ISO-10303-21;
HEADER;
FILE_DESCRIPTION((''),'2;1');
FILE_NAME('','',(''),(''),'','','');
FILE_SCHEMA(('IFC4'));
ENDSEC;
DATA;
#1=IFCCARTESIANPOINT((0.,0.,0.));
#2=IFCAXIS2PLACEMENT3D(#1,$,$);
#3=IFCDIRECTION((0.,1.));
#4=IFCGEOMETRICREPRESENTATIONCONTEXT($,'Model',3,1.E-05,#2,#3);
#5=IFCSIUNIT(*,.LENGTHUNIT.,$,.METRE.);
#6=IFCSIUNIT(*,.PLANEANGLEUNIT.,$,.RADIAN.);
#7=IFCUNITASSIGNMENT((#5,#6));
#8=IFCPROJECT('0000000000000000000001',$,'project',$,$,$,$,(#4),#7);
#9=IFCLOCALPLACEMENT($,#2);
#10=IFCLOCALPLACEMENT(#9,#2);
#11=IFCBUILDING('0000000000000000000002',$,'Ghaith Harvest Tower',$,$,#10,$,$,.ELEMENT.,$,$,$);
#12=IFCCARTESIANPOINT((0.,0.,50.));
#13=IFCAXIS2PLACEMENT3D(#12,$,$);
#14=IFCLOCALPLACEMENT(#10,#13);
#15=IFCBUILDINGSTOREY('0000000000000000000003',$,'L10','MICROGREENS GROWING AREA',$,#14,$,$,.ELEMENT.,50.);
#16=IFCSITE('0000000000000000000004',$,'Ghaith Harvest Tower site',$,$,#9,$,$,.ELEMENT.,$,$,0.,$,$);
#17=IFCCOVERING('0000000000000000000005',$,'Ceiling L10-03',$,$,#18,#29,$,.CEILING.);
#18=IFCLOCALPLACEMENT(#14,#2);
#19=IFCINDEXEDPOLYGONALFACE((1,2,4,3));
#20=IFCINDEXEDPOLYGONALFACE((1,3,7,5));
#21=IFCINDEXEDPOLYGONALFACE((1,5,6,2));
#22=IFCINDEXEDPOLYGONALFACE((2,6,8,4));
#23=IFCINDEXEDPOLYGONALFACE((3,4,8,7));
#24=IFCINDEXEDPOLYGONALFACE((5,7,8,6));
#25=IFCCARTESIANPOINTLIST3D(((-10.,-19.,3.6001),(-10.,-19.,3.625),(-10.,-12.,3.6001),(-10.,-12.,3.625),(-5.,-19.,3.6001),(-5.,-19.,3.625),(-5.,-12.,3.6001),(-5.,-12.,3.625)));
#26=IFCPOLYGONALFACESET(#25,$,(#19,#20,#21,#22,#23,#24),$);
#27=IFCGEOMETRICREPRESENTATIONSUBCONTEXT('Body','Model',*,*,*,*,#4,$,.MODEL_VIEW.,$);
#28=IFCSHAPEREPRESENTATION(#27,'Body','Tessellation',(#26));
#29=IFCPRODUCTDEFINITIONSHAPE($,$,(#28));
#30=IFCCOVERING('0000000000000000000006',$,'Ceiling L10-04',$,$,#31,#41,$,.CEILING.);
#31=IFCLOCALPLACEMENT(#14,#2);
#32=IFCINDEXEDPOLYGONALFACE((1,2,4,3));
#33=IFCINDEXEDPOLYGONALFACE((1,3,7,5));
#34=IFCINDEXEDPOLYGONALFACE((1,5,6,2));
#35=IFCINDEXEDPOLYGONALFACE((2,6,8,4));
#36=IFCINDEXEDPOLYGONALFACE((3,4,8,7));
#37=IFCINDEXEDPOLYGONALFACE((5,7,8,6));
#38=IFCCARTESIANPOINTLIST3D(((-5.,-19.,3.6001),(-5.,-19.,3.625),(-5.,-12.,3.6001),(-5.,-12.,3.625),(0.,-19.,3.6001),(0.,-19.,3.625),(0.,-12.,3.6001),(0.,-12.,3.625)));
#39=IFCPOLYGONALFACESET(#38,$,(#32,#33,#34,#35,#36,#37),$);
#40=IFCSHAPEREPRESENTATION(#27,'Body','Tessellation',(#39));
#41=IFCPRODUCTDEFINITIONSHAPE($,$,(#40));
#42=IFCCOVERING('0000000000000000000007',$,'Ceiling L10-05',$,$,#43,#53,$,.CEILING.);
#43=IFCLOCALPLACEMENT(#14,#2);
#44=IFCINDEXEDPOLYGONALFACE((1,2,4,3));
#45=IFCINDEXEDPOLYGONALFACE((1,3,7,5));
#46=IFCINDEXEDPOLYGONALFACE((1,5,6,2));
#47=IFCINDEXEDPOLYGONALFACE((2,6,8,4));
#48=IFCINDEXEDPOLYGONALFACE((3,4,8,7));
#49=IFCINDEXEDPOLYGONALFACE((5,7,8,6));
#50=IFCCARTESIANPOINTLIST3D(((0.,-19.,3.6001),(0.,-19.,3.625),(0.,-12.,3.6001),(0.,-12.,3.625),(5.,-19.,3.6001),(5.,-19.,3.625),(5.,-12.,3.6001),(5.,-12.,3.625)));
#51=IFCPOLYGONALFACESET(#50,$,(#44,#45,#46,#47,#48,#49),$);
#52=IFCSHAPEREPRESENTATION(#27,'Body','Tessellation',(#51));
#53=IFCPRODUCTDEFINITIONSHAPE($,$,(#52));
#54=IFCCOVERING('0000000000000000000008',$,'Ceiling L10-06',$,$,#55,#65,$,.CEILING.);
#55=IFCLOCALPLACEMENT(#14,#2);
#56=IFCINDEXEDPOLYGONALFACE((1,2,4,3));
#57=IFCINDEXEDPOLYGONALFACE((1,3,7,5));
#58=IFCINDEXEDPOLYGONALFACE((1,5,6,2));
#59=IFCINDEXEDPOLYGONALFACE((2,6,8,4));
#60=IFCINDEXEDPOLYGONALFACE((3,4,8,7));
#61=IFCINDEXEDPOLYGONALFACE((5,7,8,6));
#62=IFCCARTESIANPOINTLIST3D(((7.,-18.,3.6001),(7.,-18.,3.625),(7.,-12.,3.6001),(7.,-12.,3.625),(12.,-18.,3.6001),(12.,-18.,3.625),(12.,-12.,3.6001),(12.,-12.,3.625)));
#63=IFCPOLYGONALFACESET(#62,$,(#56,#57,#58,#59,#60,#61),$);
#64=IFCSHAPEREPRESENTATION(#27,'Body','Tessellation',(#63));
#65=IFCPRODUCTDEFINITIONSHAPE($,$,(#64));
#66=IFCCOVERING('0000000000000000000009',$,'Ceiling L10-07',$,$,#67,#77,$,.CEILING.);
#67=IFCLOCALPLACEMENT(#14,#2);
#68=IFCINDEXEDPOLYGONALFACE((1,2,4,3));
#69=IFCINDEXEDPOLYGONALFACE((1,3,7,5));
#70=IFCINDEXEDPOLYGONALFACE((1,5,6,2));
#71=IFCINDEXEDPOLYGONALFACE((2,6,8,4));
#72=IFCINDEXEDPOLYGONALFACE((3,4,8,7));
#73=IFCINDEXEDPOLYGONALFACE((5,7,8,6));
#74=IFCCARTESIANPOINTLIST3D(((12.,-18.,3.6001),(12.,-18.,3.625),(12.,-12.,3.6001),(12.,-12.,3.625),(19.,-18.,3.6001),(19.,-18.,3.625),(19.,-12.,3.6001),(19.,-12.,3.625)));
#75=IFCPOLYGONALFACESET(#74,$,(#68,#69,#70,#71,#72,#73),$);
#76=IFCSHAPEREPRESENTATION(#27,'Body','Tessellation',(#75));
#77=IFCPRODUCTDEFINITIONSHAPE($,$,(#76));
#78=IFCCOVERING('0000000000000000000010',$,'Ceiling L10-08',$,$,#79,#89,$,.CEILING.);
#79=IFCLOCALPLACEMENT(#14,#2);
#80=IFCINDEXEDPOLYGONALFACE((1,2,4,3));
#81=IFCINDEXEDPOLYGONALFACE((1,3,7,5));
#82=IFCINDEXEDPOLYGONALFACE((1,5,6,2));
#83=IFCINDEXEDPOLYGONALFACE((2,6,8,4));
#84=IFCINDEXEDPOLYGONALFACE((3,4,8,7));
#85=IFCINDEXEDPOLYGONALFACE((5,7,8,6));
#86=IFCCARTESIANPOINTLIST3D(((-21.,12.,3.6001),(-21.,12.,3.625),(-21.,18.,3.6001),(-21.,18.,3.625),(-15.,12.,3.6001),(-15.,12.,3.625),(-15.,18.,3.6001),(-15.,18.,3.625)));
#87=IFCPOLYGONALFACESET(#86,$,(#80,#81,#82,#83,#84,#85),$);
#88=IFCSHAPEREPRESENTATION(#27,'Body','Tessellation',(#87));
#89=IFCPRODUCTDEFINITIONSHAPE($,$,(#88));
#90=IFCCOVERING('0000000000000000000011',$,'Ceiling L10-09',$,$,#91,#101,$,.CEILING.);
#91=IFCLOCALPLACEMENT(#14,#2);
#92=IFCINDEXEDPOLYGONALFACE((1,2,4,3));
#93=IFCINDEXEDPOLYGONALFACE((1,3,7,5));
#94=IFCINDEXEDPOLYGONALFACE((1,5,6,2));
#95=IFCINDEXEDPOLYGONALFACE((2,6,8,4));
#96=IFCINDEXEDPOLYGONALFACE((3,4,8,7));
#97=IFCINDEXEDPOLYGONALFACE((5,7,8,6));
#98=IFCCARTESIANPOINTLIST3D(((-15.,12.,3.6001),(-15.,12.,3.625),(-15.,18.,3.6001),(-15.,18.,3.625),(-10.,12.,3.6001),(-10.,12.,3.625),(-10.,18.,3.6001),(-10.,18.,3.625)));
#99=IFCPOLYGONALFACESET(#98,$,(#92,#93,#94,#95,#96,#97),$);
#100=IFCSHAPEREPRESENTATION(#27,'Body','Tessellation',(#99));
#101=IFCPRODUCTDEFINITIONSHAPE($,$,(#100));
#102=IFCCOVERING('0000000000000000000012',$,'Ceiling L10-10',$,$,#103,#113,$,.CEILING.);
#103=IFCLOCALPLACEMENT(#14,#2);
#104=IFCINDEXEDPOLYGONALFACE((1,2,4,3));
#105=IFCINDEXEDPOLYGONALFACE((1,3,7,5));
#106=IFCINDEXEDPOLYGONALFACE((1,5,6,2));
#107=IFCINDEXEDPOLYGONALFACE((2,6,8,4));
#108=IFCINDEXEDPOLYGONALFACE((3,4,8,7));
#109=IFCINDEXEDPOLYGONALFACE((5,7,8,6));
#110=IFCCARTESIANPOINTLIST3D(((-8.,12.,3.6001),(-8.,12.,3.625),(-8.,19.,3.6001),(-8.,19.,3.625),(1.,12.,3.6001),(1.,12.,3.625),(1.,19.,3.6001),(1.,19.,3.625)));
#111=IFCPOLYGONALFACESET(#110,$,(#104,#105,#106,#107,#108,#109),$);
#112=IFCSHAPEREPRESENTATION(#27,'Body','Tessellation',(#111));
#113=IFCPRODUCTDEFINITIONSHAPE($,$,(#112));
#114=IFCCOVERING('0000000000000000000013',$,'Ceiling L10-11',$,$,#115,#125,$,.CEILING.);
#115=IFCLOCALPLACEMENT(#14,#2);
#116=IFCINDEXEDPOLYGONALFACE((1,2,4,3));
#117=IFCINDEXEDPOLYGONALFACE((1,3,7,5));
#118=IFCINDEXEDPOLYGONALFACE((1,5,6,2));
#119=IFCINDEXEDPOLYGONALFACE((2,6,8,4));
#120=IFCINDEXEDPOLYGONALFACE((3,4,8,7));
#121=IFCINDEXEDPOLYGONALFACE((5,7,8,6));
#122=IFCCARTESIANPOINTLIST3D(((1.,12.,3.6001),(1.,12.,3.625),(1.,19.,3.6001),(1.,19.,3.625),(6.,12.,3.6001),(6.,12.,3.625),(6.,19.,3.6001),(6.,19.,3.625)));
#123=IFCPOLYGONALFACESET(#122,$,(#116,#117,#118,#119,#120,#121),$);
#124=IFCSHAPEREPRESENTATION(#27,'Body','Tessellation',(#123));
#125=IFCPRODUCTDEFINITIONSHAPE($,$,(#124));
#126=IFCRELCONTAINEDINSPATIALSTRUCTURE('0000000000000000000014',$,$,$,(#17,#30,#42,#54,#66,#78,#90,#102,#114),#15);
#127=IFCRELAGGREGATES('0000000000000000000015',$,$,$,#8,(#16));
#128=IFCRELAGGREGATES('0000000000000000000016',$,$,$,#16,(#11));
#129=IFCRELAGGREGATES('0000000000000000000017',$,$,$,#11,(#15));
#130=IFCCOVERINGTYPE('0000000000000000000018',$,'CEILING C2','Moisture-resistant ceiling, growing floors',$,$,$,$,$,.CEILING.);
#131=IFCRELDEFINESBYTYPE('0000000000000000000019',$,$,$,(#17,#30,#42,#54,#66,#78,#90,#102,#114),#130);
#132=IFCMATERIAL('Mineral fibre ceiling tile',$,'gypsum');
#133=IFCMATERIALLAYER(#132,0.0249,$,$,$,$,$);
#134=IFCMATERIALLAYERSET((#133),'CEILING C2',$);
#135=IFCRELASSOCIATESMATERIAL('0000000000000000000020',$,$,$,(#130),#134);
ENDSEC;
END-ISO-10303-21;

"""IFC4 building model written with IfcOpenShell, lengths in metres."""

from ifc_helpers import new_model, si_unit, direction, frame, origin, place, context, subcontext, project, spatial, polyline, outline, extrude, material, layer, layer_set, type_object, element, save


model = new_model("IFC4")

# Units and contexts
model_context = context("Model", 3, precision=1e-05, world=origin(), true_north=direction((0.0, 1.0)))
body_context = subcontext(model_context, "Body", "Model", "MODEL_VIEW")
ifc_project = project(units=[si_unit("LENGTHUNIT", "METRE"), si_unit("PLANEANGLEUNIT", "RADIAN")], contexts=[model_context])

# Site, building, storey
site_placement = place(None, origin())
site = spatial("IfcSite", under=ifc_project, at=site_placement, Name="Ghaith Harvest Tower site", CompositionType="ELEMENT", RefElevation=0.0)
building_placement = place(site_placement, origin())
building = spatial("IfcBuilding", under=site, at=building_placement, Name="Ghaith Harvest Tower", CompositionType="ELEMENT")
storey_placement = place(building_placement, frame((0.0, 0.0, 50.0)))
storey = spatial("IfcBuildingStorey", under=building, at=storey_placement, Name="L10", Description="MICROGREENS GROWING AREA", CompositionType="ELEMENT", Elevation=50.0)

# Coverings
ifc_material_1 = material(Name="Mineral fibre ceiling tile", Category="gypsum")
ifc_layer_1 = layer(ifc_material_1, 0.0249)
ifc_layer_set_1 = layer_set([ifc_layer_1], Name="CEILING C2")
covering_type = type_object("IfcCoveringType", Name="CEILING C2", Description="Moisture-resistant ceiling, growing floors", PredefinedType="CEILING", material=ifc_layer_set_1)
covering_1_placement = place(storey_placement, frame((0.0, 0.0, 3.6001)))
element("IfcCovering", 1, at=covering_1_placement, inside=storey, type_object=covering_type, Name="Ceiling L10-03", PredefinedType="CEILING", context=body_context, shape_type="SweptSolid", body=[
    extrude(outline(polyline([(-10.0, -19.0), (-5.0, -19.0), (-5.0, -12.0), (-10.0, -12.0), (-10.0, -19.0)])), origin(), (0.0, 0.0, 1.0), 0.0249),
])
covering_2_placement = place(storey_placement, frame((0.0, 0.0, 3.6001)))
element("IfcCovering", 2, at=covering_2_placement, inside=storey, type_object=covering_type, Name="Ceiling L10-04", PredefinedType="CEILING", context=body_context, shape_type="SweptSolid", body=[
    extrude(outline(polyline([(-5.0, -19.0), (0.0, -19.0), (0.0, -12.0), (-5.0, -12.0), (-5.0, -19.0)])), origin(), (0.0, 0.0, 1.0), 0.0249),
])
covering_3_placement = place(storey_placement, frame((0.0, 0.0, 3.6001)))
element("IfcCovering", 3, at=covering_3_placement, inside=storey, type_object=covering_type, Name="Ceiling L10-05", PredefinedType="CEILING", context=body_context, shape_type="SweptSolid", body=[
    extrude(outline(polyline([(0.0, -19.0), (5.0, -19.0), (5.0, -12.0), (0.0, -12.0), (0.0, -19.0)])), origin(), (0.0, 0.0, 1.0), 0.0249),
])
covering_4_placement = place(storey_placement, frame((0.0, 0.0, 3.6001)))
element("IfcCovering", 4, at=covering_4_placement, inside=storey, type_object=covering_type, Name="Ceiling L10-06", PredefinedType="CEILING", context=body_context, shape_type="SweptSolid", body=[
    extrude(outline(polyline([(7.0, -18.0), (12.0, -18.0), (12.0, -12.0), (7.0, -12.0), (7.0, -18.0)])), origin(), (0.0, 0.0, 1.0), 0.0249),
])
covering_5_placement = place(storey_placement, frame((0.0, 0.0, 3.6001)))
element("IfcCovering", 5, at=covering_5_placement, inside=storey, type_object=covering_type, Name="Ceiling L10-07", PredefinedType="CEILING", context=body_context, shape_type="SweptSolid", body=[
    extrude(outline(polyline([(12.0, -18.0), (19.0, -18.0), (19.0, -12.0), (12.0, -12.0), (12.0, -18.0)])), origin(), (0.0, 0.0, 1.0), 0.0249),
])
covering_6_placement = place(storey_placement, frame((0.0, 0.0, 3.6001)))
element("IfcCovering", 6, at=covering_6_placement, inside=storey, type_object=covering_type, Name="Ceiling L10-08", PredefinedType="CEILING", context=body_context, shape_type="SweptSolid", body=[
    extrude(outline(polyline([(-21.0, 12.0), (-15.0, 12.0), (-15.0, 18.0), (-21.0, 18.0), (-21.0, 12.0)])), origin(), (0.0, 0.0, 1.0), 0.0249),
])
covering_7_placement = place(storey_placement, frame((0.0, 0.0, 3.6001)))
element("IfcCovering", 7, at=covering_7_placement, inside=storey, type_object=covering_type, Name="Ceiling L10-09", PredefinedType="CEILING", context=body_context, shape_type="SweptSolid", body=[
    extrude(outline(polyline([(-15.0, 12.0), (-10.0, 12.0), (-10.0, 18.0), (-15.0, 18.0), (-15.0, 12.0)])), origin(), (0.0, 0.0, 1.0), 0.0249),
])
covering_8_placement = place(storey_placement, frame((0.0, 0.0, 3.6001)))
element("IfcCovering", 8, at=covering_8_placement, inside=storey, type_object=covering_type, Name="Ceiling L10-10", PredefinedType="CEILING", context=body_context, shape_type="SweptSolid", body=[
    extrude(outline(polyline([(-8.0, 12.0), (1.0, 12.0), (1.0, 19.0), (-8.0, 19.0), (-8.0, 12.0)])), origin(), (0.0, 0.0, 1.0), 0.0249),
])
covering_9_placement = place(storey_placement, frame((0.0, 0.0, 3.6001)))
element("IfcCovering", 9, at=covering_9_placement, inside=storey, type_object=covering_type, Name="Ceiling L10-11", PredefinedType="CEILING", context=body_context, shape_type="SweptSolid", body=[
    extrude(outline(polyline([(1.0, 12.0), (6.0, 12.0), (6.0, 19.0), (1.0, 19.0), (1.0, 12.0)])), origin(), (0.0, 0.0, 1.0), 0.0249),
])

save(model, "model.ifc")
